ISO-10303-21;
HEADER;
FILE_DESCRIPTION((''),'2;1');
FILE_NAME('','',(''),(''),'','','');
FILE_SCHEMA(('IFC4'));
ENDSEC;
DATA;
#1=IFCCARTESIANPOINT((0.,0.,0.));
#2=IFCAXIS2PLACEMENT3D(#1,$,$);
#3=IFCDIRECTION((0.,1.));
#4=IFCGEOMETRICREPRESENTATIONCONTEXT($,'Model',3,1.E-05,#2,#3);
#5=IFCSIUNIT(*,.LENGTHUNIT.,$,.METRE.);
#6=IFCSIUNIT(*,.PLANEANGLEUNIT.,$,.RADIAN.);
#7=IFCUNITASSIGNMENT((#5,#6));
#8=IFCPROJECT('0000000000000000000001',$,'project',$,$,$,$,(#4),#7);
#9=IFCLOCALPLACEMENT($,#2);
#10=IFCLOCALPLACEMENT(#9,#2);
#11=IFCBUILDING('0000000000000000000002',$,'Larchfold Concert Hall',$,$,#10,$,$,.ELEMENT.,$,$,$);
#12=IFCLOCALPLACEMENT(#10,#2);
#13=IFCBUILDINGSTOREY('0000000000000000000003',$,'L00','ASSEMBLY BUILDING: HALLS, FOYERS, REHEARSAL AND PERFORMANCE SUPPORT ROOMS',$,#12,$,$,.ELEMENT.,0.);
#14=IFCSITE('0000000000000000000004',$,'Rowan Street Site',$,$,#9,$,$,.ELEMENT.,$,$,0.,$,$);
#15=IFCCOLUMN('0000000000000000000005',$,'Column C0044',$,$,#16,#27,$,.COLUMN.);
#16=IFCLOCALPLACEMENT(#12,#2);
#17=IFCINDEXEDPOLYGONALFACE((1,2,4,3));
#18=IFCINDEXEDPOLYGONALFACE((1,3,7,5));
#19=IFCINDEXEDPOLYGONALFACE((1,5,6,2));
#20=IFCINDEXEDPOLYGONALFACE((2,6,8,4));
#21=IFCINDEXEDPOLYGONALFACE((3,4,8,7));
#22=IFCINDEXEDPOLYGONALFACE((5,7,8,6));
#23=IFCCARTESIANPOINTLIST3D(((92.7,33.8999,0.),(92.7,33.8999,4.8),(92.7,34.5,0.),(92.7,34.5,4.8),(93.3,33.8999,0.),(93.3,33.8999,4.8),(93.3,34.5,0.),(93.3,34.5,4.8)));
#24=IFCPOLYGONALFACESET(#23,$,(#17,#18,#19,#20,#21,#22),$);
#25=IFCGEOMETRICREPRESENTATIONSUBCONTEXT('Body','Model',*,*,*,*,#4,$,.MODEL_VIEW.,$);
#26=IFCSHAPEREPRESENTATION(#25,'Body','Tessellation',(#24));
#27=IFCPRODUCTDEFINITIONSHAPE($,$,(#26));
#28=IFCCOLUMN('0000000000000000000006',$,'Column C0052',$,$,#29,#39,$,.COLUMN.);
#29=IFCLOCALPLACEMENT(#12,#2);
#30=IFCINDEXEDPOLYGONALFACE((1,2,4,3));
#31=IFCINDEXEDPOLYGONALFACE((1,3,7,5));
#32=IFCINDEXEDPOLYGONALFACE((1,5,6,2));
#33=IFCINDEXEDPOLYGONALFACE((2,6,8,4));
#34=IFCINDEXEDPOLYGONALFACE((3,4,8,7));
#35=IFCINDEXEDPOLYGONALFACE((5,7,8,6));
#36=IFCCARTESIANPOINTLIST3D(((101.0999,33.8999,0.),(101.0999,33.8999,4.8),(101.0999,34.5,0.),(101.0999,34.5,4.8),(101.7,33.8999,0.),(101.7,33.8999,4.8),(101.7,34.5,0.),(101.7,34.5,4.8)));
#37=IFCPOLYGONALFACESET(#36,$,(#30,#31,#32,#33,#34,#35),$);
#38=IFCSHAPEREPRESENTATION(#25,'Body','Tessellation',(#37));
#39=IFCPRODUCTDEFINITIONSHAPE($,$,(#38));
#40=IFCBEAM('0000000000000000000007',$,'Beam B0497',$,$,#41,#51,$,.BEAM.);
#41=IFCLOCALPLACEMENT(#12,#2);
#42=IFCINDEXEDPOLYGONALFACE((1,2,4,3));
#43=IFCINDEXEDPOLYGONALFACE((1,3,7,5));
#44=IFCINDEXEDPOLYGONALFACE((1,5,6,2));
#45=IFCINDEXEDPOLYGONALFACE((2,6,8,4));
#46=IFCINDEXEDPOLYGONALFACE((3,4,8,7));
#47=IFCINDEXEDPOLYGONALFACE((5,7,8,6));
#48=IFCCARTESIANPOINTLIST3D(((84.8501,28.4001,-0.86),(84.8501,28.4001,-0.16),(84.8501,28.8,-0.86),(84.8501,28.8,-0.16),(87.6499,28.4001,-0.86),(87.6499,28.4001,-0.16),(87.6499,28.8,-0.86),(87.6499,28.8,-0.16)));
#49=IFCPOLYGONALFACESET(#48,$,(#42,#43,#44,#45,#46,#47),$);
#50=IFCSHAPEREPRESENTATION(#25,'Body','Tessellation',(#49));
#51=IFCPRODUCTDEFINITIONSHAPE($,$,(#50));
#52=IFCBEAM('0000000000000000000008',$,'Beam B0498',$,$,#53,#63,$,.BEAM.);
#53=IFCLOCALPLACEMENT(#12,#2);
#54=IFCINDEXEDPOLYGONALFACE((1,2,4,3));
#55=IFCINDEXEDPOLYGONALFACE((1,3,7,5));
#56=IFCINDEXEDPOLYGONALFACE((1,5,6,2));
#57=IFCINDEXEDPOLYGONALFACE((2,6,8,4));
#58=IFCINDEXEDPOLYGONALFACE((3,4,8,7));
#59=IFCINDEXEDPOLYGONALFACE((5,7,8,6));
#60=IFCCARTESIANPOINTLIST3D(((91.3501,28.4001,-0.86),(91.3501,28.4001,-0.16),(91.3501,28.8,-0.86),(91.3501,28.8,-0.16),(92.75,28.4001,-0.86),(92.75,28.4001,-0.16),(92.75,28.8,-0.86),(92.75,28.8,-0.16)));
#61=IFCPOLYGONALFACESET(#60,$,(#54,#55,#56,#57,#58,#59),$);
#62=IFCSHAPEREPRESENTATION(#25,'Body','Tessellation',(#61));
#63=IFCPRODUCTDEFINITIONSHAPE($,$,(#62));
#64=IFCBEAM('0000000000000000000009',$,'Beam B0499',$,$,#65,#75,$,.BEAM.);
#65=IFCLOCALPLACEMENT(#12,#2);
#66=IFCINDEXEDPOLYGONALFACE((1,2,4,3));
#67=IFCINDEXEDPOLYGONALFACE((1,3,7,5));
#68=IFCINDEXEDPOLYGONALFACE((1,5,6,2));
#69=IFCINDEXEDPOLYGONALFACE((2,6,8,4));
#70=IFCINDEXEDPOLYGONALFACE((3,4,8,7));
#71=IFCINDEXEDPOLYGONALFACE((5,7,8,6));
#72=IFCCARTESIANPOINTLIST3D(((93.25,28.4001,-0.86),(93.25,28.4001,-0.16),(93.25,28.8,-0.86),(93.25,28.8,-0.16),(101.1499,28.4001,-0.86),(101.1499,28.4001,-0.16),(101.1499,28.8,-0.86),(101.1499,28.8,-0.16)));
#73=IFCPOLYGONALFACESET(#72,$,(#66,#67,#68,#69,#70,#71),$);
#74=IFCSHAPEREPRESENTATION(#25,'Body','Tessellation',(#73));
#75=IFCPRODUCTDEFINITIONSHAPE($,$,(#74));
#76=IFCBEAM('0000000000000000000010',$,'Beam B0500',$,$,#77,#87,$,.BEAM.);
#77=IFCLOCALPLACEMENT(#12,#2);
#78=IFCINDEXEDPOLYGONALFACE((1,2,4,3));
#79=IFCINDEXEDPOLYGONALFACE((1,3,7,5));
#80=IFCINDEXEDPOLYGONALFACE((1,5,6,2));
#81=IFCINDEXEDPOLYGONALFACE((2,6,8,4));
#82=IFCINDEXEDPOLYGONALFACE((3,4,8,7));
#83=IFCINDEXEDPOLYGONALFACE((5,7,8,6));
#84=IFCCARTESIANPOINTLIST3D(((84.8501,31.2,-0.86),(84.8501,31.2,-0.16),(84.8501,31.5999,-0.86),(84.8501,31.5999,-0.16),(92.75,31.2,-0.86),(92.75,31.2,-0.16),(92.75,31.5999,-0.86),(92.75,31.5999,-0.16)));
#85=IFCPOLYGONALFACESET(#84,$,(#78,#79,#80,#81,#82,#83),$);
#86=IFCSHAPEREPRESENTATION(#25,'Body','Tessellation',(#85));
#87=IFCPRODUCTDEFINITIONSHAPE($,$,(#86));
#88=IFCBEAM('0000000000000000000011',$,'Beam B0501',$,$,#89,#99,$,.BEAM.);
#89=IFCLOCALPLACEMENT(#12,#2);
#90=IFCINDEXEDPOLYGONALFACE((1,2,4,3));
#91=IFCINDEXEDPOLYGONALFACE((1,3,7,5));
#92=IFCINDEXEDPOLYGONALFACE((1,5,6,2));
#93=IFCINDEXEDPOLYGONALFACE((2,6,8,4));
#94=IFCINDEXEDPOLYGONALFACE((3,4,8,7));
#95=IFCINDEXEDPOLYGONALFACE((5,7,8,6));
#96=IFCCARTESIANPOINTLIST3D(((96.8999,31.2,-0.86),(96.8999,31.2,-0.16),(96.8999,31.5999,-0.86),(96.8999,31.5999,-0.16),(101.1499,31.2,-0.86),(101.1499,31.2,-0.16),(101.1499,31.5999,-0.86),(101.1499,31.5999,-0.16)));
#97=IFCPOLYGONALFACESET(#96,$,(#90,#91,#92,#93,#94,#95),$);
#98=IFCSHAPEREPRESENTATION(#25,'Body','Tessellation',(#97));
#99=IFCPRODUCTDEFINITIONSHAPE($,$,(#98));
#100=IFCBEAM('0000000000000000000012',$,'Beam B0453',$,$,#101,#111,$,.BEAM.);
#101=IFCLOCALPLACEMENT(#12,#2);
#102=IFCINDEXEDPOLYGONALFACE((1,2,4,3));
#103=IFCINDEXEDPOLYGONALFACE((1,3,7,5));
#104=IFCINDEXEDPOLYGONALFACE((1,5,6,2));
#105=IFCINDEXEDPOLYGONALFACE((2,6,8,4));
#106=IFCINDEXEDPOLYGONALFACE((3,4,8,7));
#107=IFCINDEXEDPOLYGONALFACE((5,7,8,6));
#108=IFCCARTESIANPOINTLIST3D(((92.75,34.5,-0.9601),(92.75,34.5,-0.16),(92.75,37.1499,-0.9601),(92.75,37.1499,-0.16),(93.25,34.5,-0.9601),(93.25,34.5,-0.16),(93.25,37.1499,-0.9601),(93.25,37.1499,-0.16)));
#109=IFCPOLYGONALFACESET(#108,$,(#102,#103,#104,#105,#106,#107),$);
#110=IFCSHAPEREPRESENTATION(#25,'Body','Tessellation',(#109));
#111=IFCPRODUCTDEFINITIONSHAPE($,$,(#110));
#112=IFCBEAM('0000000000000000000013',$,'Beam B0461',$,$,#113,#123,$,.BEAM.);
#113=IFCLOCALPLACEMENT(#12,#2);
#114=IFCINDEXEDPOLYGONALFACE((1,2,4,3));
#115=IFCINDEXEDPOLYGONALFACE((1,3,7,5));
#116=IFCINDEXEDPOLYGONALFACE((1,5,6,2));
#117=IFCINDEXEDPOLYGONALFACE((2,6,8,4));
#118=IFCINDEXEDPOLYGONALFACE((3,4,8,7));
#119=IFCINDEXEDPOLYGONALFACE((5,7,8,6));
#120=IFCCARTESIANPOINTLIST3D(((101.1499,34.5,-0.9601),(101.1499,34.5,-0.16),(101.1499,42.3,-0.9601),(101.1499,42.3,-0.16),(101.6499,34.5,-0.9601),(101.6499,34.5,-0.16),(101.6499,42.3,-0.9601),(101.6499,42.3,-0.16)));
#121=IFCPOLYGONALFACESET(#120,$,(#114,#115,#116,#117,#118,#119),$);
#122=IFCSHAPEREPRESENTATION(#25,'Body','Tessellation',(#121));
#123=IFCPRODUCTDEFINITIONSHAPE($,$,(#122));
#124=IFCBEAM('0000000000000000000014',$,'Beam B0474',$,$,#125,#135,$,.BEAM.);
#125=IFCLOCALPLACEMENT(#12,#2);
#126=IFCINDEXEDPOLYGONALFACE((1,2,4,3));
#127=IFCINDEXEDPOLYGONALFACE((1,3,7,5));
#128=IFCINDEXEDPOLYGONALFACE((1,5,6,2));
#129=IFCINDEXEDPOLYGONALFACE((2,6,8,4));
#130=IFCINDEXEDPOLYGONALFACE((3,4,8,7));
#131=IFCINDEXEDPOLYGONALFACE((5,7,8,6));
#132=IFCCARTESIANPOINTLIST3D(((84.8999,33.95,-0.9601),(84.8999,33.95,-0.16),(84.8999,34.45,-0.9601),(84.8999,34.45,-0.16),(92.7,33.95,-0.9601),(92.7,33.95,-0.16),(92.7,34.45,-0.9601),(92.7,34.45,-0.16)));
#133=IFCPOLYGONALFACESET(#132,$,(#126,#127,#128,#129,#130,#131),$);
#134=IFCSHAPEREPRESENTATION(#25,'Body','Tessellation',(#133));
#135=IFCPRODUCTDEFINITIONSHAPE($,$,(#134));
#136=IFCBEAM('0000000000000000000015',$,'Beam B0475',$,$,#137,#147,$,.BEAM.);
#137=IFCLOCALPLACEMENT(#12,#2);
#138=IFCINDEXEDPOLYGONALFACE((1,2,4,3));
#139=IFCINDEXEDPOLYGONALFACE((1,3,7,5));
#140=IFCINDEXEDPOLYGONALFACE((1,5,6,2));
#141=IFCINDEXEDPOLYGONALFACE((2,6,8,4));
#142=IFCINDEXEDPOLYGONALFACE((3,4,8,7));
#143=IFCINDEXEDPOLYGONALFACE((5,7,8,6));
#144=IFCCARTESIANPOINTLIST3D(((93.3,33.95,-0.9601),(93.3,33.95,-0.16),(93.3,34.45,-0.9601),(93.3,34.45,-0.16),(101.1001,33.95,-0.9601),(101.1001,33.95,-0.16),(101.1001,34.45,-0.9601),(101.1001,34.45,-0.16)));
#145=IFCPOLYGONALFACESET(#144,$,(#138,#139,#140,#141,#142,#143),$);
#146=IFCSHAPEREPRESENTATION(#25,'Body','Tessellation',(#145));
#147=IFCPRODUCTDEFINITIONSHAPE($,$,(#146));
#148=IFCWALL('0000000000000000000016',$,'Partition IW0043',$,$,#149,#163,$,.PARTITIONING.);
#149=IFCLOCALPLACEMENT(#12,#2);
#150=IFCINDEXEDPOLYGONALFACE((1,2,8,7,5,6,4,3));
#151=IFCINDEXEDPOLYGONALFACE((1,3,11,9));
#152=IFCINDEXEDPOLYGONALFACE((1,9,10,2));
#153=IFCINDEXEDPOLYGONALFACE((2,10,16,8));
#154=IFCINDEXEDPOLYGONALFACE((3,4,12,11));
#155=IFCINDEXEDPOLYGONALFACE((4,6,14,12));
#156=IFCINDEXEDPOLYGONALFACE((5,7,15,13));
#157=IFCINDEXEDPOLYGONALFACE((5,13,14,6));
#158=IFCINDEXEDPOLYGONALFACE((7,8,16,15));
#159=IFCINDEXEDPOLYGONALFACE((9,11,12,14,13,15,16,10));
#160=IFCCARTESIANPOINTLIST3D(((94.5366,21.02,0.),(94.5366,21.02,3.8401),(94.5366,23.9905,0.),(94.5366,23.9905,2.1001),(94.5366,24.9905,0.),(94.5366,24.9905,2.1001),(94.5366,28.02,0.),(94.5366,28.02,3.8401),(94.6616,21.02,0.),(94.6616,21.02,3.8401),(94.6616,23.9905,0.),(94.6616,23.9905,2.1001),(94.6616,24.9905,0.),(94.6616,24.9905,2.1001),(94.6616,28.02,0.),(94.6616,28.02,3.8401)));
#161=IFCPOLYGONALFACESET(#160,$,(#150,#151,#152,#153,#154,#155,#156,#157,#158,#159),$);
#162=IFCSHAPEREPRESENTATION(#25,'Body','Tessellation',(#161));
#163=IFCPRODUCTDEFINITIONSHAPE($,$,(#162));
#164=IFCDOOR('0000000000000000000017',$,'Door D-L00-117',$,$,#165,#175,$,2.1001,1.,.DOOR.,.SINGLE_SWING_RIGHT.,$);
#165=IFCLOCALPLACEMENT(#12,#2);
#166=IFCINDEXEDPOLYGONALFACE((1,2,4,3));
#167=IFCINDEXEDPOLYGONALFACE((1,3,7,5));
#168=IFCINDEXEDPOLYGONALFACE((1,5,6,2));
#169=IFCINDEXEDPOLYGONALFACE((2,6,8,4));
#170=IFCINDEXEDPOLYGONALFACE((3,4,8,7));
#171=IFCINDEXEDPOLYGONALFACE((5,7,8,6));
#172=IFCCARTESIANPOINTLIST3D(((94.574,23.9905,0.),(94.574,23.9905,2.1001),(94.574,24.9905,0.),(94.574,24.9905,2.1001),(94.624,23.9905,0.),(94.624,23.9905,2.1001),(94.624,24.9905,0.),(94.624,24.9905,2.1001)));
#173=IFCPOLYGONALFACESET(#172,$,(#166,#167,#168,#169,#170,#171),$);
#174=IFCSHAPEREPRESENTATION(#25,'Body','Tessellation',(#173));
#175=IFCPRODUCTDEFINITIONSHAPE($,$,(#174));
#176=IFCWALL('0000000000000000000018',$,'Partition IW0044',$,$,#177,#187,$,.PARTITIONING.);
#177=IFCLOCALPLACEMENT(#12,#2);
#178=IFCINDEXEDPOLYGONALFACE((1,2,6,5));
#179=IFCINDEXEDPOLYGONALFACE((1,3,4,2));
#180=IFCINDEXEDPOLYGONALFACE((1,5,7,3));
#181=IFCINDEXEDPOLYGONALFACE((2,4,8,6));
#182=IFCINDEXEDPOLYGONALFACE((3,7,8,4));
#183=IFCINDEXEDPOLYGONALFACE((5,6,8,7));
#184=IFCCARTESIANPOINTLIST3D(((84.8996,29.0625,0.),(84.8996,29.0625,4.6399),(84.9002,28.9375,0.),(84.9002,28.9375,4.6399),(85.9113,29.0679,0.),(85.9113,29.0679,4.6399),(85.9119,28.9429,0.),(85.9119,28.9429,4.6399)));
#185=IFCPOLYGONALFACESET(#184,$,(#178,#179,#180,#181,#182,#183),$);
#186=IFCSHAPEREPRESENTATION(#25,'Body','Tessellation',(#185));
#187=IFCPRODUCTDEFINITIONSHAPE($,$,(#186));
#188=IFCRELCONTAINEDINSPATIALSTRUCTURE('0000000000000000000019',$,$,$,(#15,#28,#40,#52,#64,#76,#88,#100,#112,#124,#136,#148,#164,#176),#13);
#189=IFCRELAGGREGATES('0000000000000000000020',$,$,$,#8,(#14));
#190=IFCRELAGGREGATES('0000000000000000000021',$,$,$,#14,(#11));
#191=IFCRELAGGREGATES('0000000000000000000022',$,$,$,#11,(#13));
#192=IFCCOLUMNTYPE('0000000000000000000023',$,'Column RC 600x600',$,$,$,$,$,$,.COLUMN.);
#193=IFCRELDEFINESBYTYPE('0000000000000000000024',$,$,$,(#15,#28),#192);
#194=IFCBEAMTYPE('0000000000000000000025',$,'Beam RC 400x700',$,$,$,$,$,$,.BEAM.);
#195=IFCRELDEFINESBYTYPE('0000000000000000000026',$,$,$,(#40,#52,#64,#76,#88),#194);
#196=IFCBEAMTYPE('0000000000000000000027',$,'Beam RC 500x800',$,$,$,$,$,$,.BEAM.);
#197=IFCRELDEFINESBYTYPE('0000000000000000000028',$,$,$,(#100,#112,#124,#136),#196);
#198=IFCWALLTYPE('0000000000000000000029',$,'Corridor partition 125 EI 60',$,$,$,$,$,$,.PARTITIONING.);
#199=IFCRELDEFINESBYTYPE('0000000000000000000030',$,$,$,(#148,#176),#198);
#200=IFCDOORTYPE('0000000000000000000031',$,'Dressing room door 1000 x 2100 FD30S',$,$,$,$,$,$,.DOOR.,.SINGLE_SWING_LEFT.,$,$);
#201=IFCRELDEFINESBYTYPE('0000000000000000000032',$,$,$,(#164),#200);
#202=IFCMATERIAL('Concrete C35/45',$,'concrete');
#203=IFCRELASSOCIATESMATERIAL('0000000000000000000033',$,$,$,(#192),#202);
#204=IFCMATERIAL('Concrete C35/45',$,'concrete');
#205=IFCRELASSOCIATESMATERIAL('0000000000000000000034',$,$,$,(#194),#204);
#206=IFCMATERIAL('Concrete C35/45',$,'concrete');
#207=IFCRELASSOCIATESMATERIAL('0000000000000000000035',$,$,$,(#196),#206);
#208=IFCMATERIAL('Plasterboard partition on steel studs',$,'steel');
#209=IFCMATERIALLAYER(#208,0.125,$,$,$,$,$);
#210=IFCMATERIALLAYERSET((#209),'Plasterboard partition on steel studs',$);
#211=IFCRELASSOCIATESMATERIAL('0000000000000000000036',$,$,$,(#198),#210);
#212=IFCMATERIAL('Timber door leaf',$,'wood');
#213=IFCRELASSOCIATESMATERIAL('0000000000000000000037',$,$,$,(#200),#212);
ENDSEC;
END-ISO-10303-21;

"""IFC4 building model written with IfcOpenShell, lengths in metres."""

from ifc_helpers import new_model, si_unit, direction, frame, frame_2d, origin, origin_2d, place, context, subcontext, project, spatial, rectangle, extrude, material, layer, layer_set, material_profile, profile_set, type_object, element, fill, save


model = new_model("IFC4")

# Units and contexts
model_context = context("Model", 3, precision=1e-05, world=origin(), true_north=direction((0.0, 1.0)))
body_context = subcontext(model_context, "Body", "Model", "MODEL_VIEW")
ifc_project = project(units=[si_unit("LENGTHUNIT", "METRE"), si_unit("PLANEANGLEUNIT", "RADIAN")], contexts=[model_context])

# Site, building, storey
site_placement = place(None, origin())
site = spatial("IfcSite", under=ifc_project, at=site_placement, Name="Rowan Street Site", CompositionType="ELEMENT", RefElevation=0.0)
building_placement = place(site_placement, origin())
building = spatial("IfcBuilding", under=site, at=building_placement, Name="Larchfold Concert Hall", CompositionType="ELEMENT")
storey_placement = place(building_placement, origin())
storey = spatial("IfcBuildingStorey", under=building, at=storey_placement, Name="L00", Description="ASSEMBLY BUILDING: HALLS, FOYERS, REHEARSAL AND PERFORMANCE SUPPORT ROOMS", CompositionType="ELEMENT", Elevation=0.0)

# Columns
ifc_material_1 = material(Name="Concrete C35/45", Category="concrete")
ifc_material_profile_1 = material_profile(ifc_material_1, rectangle(XDim=0.6001, YDim=0.6001, at=origin_2d()))
ifc_profile_set_1 = profile_set([ifc_material_profile_1], Name="Concrete C35/45")
column_type = type_object("IfcColumnType", Name="Column RC 600x600", PredefinedType="COLUMN", material=ifc_profile_set_1)
for number, where, z_axis, x_axis, name in (
    (1, (93.0, 34.2, 0.0), (0.0, 0.0, 1.0), (1.0, 0.0, 0.0), "Column C0044"),
    (2, (101.3999, 34.2, 0.0), (0.0, 0.0, 1.0), (1.0, 0.0, 0.0), "Column C0052"),
):
    element("IfcColumn", number, at=place(storey_placement, frame(where, z_axis=z_axis, x_axis=x_axis)), inside=storey, type_object=column_type, Name=name, PredefinedType="COLUMN", context=body_context, shape_type="SweptSolid", body=[
        extrude(rectangle(XDim=0.6001, YDim=0.6001, at=origin_2d()), origin(), (0.0, 0.0, 1.0), 4.8),
    ])

# Beams
ifc_material_2 = material(Name="Concrete C35/45", Category="concrete")
ifc_material_profile_2 = material_profile(ifc_material_2, rectangle(XDim=0.3999, YDim=0.7, at=origin_2d()))
ifc_profile_set_2 = profile_set([ifc_material_profile_2], Name="Concrete C35/45")
beam_type_1 = type_object("IfcBeamType", Name="Beam RC 400x700", PredefinedType="BEAM", material=ifc_profile_set_2)
beam_1_placement = place(storey_placement, frame((84.8501, 28.6001, -0.51), z_axis=(1.0, 0.0, 0.0), x_axis=(0.0, 1.0, 0.0)))
element("IfcBeam", 3, at=beam_1_placement, inside=storey, type_object=beam_type_1, Name="Beam B0497", PredefinedType="BEAM", context=body_context, shape_type="SweptSolid", body=[
    extrude(rectangle(XDim=0.3999, YDim=0.7, at=origin_2d()), origin(), (0.0, 0.0, 1.0), 2.7998),
])
beam_2_placement = place(storey_placement, frame((91.3501, 28.6001, -0.51), z_axis=(1.0, 0.0, 0.0), x_axis=(0.0, 1.0, 0.0)))
element("IfcBeam", 4, at=beam_2_placement, inside=storey, type_object=beam_type_1, Name="Beam B0498", PredefinedType="BEAM", context=body_context, shape_type="SweptSolid", body=[
    extrude(rectangle(XDim=0.3999, YDim=0.7, at=origin_2d()), origin(), (0.0, 0.0, 1.0), 1.3999),
])
for number, where, z_axis, x_axis, name in (
    (5, (93.25, 28.6001, -0.51), (1.0, 0.0, 0.0), (0.0, 1.0, 0.0), "Beam B0499"),
    (6, (84.8501, 31.3999, -0.51), (1.0, 0.0, 0.0), (0.0, 1.0, 0.0), "Beam B0500"),
):
    element("IfcBeam", number, at=place(storey_placement, frame(where, z_axis=z_axis, x_axis=x_axis)), inside=storey, type_object=beam_type_1, Name=name, PredefinedType="BEAM", context=body_context, shape_type="SweptSolid", body=[
        extrude(rectangle(XDim=0.3999, YDim=0.7, at=origin_2d()), origin(), (0.0, 0.0, 1.0), 7.8999),
    ])
beam_3_placement = place(storey_placement, frame((96.8999, 31.3999, -0.51), z_axis=(1.0, 0.0, 0.0), x_axis=(0.0, 1.0, 0.0)))
element("IfcBeam", 7, at=beam_3_placement, inside=storey, type_object=beam_type_1, Name="Beam B0501", PredefinedType="BEAM", context=body_context, shape_type="SweptSolid", body=[
    extrude(rectangle(XDim=0.3999, YDim=0.7, at=origin_2d()), origin(), (0.0, 0.0, 1.0), 4.25),
])
ifc_material_3 = material(Name="Concrete C35/45", Category="concrete")
ifc_material_profile_3 = material_profile(ifc_material_3, rectangle(XDim=0.5, YDim=0.8, at=origin_2d()))
ifc_profile_set_3 = profile_set([ifc_material_profile_3], Name="Concrete C35/45")
beam_type_2 = type_object("IfcBeamType", Name="Beam RC 500x800", PredefinedType="BEAM", material=ifc_profile_set_3)
beam_4_placement = place(storey_placement, frame((93.0, 34.5, -0.5601), z_axis=(0.0, 1.0, 0.0), x_axis=(-1.0, 0.0, 0.0)))
element("IfcBeam", 8, at=beam_4_placement, inside=storey, type_object=beam_type_2, Name="Beam B0453", PredefinedType="BEAM", context=body_context, shape_type="SweptSolid", body=[
    extrude(rectangle(XDim=0.5, YDim=0.8, at=origin_2d()), origin(), (0.0, 0.0, 1.0), 2.6499),
])
for number, where, z_axis, x_axis, name in (
    (9, (101.3999, 34.5, -0.5601), (0.0, 1.0, 0.0), (-1.0, 0.0, 0.0), "Beam B0461"),
    (10, (84.8999, 34.2, -0.5601), (1.0, 0.0, 0.0), (0.0, 1.0, 0.0), "Beam B0474"),
    (11, (93.3, 34.2, -0.5601), (1.0, 0.0, 0.0), (0.0, 1.0, 0.0), "Beam B0475"),
):
    element("IfcBeam", number, at=place(storey_placement, frame(where, z_axis=z_axis, x_axis=x_axis)), inside=storey, type_object=beam_type_2, Name=name, PredefinedType="BEAM", context=body_context, shape_type="SweptSolid", body=[
        extrude(rectangle(XDim=0.5, YDim=0.8, at=origin_2d()), origin(), (0.0, 0.0, 1.0), 7.8),
    ])

# Wall, opening, door
ifc_material_4 = material(Name="Plasterboard partition on steel studs", Category="steel")
ifc_layer_1 = layer(ifc_material_4, 0.125)
ifc_layer_set_1 = layer_set([ifc_layer_1], Name="Plasterboard partition on steel studs")
wall_type_1 = type_object("IfcWallType", Name="Corridor partition 125 EI 60", PredefinedType="PARTITIONING", material=ifc_layer_set_1)
wall_1_placement = place(storey_placement, frame((94.5991, 28.02, 0.0), z_axis=(0.0, 0.0, 1.0), x_axis=(0.0, -1.0, 0.0)))
wall_1 = element("IfcWall", 12, at=wall_1_placement, inside=storey, type_object=wall_type_1, Name="Partition IW0043", PredefinedType="PARTITIONING", context=body_context, shape_type="SweptSolid", body=[
    extrude(rectangle(XDim=7.0, YDim=0.125, at=frame_2d((3.5, 0.0))), origin(), (0.0, 0.0, 1.0), 3.8401),
])
opening_1_placement = place(wall_1_placement, frame((3.0295, 0.0, 0.0)))
opening_1 = element("IfcOpeningElement", 13, at=opening_1_placement, cuts=wall_1, PredefinedType="OPENING", context=body_context, shape_type="SweptSolid", body=[
    extrude(rectangle(XDim=1.0, YDim=2.1001, at=frame_2d((0.5, 1.05))), frame((0.0, 0.0725, 0.0), z_axis=(0.0, -1.0, 0.0), x_axis=(1.0, 0.0, 0.0)), (0.0, 0.0, 1.0), 0.145),
])
ifc_material_5 = material(Name="Timber door leaf", Category="wood")
door_type_1 = type_object("IfcDoorType", Name="Dressing room door 1000 x 2100 FD30S", OperationType="SINGLE_SWING_LEFT", PredefinedType="DOOR", material=ifc_material_5)
door_1_placement = place(opening_1_placement, origin())
door_1 = element("IfcDoor", 14, at=door_1_placement, inside=storey, type_object=door_type_1, Name="Door D-L00-117", OperationType="SINGLE_SWING_RIGHT", OverallHeight=2.1001, OverallWidth=1.0, PredefinedType="DOOR", context=body_context, shape_type="SweptSolid", body=[
    extrude(rectangle(XDim=1.0, YDim=2.1001, at=frame_2d((0.5, 1.05))), frame((0.0, 0.0249, 0.0), z_axis=(0.0, -1.0, 0.0), x_axis=(1.0, 0.0, 0.0)), (0.0, 0.0, 1.0), 0.05),
])
fill(opening_1, door_1)

# Wall
wall_2_placement = place(storey_placement, frame((84.8999, 29.0, 0.0), z_axis=(0.0, 0.0, 1.0), x_axis=(0.999986, 0.005309, 0.0)))
element("IfcWall", 15, at=wall_2_placement, inside=storey, type_object=wall_type_1, Name="Partition IW0044", PredefinedType="PARTITIONING", context=body_context, shape_type="SweptSolid", body=[
    extrude(rectangle(XDim=1.0117, YDim=0.125, at=frame_2d((0.5059, 0.0))), origin(), (0.0, 0.0, 1.0), 4.6399),
])

save(model, "model.ifc")
